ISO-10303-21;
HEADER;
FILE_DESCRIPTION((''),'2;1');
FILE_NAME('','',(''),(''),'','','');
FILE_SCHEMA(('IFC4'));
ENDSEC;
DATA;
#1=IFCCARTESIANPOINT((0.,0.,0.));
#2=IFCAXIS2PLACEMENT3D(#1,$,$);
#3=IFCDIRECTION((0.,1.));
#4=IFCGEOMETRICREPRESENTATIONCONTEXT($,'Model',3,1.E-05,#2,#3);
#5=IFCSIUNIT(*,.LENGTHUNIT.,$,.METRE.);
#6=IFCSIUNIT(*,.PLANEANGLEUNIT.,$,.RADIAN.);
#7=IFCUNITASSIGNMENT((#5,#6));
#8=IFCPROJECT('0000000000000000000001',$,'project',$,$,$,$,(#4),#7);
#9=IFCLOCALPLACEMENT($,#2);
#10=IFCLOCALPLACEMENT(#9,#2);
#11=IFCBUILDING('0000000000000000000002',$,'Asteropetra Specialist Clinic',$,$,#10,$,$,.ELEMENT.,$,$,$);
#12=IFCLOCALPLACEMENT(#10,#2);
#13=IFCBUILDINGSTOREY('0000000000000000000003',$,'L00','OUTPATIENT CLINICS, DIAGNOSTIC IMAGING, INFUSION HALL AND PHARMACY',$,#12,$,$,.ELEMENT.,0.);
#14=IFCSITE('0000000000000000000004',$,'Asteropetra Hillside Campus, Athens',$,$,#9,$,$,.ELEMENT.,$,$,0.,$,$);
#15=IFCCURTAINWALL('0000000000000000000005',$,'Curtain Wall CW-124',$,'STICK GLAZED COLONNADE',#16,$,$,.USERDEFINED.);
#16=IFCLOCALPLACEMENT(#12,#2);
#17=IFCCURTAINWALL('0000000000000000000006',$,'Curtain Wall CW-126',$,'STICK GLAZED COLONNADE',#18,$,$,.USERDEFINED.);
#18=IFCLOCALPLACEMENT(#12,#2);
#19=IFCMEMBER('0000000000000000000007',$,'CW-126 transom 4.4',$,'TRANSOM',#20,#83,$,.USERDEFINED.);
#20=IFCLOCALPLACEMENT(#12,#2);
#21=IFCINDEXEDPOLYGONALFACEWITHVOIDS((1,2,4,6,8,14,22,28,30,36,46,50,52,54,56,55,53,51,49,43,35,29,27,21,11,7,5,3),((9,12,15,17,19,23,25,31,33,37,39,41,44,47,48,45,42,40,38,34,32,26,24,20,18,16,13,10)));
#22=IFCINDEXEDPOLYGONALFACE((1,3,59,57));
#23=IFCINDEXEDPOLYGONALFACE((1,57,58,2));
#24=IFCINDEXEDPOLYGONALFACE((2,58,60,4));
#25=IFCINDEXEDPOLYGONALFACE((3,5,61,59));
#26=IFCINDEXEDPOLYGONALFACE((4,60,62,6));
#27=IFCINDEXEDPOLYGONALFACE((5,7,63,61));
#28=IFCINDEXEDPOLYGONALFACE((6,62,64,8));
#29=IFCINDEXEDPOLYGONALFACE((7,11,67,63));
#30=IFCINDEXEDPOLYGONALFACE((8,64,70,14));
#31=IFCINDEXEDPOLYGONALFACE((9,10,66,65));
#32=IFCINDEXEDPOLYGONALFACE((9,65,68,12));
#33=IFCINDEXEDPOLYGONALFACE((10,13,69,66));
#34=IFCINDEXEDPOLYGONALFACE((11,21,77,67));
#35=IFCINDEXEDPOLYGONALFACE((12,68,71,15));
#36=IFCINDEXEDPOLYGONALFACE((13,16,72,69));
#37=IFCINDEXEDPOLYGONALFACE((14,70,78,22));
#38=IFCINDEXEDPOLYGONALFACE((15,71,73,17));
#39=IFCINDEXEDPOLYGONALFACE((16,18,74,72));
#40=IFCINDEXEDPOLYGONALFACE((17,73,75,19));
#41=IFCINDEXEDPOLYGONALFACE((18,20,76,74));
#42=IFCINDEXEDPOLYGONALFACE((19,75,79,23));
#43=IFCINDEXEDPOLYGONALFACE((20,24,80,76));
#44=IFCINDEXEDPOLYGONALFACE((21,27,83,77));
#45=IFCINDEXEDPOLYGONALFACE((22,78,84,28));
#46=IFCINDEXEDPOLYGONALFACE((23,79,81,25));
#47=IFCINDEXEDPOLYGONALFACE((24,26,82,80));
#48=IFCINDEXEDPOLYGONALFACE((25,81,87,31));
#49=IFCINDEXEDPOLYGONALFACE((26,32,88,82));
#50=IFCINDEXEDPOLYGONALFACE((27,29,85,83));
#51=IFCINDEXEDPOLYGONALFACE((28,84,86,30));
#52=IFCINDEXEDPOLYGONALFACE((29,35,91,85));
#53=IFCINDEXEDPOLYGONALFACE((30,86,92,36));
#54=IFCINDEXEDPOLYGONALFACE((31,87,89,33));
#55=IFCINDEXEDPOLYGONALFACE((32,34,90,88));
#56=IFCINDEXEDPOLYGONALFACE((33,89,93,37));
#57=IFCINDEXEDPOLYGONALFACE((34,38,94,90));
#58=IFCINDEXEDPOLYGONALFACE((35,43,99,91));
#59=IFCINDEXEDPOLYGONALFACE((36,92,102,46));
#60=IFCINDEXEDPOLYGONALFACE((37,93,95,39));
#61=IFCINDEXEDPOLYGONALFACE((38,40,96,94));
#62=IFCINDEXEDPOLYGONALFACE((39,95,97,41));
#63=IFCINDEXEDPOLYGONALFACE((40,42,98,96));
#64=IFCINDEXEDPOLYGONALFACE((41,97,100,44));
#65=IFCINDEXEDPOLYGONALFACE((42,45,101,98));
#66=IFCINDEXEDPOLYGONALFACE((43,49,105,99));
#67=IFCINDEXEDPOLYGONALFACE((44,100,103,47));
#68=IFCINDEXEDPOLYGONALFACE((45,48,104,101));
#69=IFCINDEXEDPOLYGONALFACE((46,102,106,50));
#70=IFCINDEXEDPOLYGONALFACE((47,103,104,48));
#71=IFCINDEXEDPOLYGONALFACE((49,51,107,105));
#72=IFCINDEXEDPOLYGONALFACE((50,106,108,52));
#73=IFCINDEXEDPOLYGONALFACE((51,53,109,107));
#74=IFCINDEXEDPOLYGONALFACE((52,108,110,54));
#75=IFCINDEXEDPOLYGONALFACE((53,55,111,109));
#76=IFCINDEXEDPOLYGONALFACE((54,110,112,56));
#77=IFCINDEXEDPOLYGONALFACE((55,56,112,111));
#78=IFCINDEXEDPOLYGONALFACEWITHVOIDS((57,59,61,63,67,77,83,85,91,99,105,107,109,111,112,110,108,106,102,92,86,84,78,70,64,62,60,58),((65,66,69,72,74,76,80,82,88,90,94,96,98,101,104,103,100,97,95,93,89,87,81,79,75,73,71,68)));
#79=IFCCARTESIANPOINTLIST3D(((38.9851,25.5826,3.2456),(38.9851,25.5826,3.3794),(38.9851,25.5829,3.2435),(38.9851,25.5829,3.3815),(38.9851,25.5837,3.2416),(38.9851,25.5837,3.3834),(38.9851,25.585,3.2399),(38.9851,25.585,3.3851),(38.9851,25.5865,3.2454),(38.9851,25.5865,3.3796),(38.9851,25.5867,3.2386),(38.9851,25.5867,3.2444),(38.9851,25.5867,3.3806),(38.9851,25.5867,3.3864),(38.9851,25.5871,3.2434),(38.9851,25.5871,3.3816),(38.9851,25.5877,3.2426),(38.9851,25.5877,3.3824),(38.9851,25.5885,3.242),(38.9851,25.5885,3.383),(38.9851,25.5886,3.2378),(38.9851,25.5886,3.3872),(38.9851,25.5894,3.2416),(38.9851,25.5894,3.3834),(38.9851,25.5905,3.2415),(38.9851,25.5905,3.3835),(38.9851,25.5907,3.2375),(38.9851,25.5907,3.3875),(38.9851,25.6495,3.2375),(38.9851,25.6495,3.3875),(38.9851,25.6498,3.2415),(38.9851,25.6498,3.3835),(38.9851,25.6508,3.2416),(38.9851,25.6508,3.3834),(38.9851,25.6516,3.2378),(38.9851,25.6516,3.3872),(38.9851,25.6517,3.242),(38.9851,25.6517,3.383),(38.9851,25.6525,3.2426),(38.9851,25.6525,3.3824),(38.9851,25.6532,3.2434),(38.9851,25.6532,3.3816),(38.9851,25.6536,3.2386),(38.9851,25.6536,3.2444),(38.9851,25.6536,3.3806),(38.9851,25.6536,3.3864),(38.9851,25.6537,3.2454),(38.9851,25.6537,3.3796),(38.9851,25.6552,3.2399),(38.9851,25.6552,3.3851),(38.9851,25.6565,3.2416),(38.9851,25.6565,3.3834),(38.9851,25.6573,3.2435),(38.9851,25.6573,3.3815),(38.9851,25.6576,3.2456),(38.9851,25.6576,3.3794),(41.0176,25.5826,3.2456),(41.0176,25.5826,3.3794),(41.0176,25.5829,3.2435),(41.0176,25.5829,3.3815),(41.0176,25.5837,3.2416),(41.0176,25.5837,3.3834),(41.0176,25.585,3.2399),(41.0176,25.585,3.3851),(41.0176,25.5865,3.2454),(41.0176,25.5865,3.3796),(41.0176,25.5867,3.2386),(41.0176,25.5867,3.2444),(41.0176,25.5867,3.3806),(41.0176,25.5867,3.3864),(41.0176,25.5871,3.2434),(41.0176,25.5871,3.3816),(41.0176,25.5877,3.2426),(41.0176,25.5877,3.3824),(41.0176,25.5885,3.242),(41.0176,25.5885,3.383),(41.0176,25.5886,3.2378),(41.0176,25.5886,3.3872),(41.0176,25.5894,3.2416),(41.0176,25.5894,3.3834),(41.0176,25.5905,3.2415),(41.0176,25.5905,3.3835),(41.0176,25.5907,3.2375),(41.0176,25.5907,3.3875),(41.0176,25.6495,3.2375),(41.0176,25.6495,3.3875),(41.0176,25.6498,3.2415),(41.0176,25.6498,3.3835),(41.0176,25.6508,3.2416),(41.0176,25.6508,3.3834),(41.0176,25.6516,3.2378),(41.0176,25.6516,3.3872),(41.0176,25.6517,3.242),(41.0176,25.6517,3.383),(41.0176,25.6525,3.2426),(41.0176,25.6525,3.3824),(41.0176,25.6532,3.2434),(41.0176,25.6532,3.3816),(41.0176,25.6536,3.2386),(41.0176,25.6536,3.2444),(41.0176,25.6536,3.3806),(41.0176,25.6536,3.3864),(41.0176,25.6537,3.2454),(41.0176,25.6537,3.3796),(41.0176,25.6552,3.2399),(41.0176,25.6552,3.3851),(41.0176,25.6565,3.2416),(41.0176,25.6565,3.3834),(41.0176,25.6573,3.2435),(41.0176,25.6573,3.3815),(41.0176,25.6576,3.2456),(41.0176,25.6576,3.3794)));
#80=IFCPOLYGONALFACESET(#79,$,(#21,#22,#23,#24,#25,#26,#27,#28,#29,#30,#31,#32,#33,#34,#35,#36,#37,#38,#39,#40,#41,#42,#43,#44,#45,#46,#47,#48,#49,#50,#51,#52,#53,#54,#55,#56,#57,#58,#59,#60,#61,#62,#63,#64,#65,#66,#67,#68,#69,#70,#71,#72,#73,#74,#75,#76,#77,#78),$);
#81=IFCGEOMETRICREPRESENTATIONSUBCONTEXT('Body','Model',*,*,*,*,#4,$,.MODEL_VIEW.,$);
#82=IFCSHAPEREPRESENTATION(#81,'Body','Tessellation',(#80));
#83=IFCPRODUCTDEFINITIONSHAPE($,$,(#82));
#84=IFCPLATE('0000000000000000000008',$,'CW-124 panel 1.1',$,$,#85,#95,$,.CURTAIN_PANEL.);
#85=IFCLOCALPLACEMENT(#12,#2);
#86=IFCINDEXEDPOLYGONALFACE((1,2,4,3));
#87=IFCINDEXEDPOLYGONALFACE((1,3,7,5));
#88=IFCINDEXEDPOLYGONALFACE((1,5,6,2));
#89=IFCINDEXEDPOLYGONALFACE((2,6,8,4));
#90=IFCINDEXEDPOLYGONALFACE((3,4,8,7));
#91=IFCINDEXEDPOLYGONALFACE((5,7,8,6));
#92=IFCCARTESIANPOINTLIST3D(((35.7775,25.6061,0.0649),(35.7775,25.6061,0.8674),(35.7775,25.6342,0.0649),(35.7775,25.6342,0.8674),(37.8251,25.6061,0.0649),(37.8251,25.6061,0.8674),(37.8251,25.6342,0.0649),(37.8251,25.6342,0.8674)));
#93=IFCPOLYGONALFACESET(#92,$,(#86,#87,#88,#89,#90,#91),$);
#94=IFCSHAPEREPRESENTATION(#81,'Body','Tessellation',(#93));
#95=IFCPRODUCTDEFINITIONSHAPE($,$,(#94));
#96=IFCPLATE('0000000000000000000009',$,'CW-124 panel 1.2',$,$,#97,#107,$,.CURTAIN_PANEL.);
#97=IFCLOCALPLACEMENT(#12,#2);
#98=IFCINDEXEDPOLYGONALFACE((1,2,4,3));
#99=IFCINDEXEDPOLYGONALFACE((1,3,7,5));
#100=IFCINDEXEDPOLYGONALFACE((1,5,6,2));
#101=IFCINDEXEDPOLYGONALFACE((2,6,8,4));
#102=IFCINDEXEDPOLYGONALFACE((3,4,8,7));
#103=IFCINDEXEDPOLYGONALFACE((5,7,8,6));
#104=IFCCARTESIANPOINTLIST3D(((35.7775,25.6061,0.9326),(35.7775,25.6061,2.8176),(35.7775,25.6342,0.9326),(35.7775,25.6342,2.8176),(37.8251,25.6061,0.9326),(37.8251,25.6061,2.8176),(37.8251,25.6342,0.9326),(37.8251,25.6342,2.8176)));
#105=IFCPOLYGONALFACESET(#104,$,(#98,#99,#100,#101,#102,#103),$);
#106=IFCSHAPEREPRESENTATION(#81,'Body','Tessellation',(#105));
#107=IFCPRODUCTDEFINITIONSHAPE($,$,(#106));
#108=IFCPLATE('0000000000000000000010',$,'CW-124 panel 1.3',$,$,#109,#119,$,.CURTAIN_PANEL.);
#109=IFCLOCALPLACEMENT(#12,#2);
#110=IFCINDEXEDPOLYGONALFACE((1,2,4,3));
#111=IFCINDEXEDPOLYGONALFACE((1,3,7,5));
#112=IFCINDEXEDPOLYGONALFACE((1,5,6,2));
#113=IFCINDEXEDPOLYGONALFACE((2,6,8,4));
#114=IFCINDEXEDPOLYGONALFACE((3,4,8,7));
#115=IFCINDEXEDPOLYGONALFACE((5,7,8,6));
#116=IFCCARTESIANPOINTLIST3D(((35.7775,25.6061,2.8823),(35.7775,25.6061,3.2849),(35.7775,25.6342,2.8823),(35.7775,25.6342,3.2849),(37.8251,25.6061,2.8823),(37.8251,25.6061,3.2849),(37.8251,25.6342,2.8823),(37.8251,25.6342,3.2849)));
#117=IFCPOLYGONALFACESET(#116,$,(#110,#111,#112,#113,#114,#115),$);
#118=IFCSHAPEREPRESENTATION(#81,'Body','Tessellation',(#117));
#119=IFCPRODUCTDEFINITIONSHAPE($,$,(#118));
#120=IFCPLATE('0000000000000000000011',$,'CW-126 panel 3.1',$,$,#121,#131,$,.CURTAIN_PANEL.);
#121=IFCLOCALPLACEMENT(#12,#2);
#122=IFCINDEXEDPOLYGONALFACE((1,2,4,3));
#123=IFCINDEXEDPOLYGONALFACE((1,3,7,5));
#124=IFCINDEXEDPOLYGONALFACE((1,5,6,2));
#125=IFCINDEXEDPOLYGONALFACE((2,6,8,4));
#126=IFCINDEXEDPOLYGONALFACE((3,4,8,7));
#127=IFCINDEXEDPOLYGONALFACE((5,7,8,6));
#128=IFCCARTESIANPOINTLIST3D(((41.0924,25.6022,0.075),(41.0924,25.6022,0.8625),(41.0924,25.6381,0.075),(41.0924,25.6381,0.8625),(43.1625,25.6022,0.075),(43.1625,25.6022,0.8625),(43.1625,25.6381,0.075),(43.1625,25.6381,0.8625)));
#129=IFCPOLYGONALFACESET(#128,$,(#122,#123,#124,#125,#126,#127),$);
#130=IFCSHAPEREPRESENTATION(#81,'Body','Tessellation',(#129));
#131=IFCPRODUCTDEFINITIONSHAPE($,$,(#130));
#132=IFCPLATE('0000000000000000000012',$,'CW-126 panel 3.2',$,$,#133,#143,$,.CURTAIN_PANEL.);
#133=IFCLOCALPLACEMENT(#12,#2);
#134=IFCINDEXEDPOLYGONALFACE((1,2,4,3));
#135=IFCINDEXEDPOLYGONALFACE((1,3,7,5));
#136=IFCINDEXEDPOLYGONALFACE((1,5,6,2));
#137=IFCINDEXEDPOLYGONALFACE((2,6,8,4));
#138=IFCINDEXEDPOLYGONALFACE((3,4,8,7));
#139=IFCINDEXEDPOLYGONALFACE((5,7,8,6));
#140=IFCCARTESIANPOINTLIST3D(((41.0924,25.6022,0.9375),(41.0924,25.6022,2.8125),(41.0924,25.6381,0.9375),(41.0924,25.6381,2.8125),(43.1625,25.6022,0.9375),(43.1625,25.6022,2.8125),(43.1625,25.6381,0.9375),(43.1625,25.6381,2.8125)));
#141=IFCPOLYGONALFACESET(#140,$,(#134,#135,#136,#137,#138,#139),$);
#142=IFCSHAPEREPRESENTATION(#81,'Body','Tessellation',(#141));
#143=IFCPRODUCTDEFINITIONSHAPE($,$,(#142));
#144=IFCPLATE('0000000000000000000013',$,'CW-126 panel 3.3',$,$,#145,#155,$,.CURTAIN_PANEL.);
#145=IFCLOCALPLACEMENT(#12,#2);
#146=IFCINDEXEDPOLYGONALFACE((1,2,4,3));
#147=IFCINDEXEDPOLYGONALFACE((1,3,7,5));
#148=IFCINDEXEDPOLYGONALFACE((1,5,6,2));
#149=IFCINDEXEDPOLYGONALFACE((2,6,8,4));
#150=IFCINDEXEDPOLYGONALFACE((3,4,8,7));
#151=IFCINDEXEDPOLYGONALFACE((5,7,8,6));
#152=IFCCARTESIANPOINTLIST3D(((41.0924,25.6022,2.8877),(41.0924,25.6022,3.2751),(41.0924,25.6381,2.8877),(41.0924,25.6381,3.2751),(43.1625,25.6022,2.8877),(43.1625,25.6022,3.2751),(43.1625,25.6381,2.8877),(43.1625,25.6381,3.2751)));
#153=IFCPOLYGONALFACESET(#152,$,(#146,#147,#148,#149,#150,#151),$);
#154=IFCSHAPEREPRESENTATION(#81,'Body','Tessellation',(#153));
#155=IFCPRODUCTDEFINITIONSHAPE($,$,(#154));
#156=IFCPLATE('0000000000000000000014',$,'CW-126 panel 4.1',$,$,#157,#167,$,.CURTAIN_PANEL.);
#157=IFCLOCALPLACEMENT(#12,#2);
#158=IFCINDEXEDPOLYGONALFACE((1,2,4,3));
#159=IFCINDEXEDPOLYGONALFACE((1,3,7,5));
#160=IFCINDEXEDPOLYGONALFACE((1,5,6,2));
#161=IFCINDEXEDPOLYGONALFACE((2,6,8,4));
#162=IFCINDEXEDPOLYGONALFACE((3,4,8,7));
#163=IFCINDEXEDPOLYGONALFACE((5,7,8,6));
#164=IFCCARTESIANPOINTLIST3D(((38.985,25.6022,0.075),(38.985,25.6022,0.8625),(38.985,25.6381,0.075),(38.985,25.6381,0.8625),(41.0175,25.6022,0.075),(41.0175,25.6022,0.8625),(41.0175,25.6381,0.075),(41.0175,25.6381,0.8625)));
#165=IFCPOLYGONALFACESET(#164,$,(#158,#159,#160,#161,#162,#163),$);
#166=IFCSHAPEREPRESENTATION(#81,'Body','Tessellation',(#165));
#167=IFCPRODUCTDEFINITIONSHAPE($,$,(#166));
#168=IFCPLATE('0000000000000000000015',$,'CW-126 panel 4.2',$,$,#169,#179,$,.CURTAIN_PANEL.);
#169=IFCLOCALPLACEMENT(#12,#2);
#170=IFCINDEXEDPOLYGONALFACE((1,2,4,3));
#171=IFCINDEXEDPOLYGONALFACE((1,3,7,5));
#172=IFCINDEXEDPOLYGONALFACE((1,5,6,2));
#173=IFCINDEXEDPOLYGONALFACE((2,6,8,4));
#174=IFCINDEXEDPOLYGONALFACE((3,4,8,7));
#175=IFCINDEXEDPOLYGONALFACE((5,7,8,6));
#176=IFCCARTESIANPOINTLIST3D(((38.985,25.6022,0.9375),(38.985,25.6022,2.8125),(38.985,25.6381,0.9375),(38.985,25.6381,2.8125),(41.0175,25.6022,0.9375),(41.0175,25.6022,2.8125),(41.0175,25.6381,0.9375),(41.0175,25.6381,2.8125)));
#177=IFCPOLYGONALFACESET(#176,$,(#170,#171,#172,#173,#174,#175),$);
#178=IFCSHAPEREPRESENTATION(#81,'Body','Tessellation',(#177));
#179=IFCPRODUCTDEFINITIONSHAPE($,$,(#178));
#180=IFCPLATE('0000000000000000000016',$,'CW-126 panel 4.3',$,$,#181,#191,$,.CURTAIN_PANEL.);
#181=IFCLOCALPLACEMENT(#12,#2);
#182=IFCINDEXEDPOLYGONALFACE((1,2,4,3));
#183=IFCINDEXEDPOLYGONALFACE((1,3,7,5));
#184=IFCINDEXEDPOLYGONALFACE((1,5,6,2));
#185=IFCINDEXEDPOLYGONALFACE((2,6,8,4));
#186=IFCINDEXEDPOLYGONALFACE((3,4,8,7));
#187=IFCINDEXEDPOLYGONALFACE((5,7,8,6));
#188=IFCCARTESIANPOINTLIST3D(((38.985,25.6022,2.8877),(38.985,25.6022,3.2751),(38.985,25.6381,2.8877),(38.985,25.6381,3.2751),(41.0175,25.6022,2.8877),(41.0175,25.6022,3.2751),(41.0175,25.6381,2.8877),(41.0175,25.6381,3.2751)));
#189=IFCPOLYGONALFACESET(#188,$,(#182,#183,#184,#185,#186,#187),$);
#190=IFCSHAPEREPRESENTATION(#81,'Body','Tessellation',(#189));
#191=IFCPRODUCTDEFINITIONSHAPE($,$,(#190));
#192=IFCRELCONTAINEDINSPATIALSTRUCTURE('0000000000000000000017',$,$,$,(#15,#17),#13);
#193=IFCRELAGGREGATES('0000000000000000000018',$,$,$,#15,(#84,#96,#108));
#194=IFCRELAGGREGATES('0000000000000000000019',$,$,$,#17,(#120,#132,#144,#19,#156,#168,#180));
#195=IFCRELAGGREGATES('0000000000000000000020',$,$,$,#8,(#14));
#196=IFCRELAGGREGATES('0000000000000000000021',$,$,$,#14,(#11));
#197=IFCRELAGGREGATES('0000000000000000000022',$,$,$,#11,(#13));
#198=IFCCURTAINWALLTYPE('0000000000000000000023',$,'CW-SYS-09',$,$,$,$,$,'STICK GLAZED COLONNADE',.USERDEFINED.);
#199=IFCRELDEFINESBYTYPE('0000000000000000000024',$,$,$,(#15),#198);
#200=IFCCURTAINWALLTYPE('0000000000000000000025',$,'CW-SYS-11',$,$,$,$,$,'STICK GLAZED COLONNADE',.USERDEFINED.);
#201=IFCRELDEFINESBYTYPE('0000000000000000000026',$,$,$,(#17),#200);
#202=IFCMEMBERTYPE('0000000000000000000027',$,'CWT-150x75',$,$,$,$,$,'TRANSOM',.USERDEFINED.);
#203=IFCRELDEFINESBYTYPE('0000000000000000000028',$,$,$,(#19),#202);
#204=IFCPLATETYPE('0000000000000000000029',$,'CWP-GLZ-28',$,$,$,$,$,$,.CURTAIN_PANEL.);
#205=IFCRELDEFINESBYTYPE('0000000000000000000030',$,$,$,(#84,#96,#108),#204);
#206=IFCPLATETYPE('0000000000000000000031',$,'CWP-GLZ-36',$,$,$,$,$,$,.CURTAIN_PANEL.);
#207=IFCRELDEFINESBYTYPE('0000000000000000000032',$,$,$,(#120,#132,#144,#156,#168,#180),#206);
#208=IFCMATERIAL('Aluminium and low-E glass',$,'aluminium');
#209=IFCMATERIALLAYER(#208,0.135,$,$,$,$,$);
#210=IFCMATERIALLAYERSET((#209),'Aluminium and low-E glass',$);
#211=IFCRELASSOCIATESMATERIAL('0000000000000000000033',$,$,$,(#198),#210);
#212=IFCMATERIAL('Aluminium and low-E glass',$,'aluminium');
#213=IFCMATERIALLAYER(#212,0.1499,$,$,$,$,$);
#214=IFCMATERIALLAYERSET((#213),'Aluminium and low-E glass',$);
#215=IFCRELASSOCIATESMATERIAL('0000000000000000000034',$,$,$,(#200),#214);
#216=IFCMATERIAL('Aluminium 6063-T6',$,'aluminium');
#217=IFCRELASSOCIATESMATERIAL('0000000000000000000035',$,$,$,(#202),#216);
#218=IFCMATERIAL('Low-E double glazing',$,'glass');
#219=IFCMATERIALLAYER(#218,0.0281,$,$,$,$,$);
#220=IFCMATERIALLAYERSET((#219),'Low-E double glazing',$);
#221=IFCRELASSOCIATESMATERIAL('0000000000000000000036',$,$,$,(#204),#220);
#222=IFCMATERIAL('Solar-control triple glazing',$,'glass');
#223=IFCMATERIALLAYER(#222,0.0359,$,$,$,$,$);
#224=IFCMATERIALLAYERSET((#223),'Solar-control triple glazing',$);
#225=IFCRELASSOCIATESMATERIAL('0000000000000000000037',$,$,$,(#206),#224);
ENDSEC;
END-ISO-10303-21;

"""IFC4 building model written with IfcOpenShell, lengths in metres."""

from ifc_helpers import new_model, si_unit, direction, frame, origin, origin_2d, place, context, subcontext, project, spatial, rectangle, hollow_rectangle, extrude, material, layer, layer_set, material_profile, profile_set, type_object, element, aggregate, save


model = new_model("IFC4")

# Units and contexts
model_context = context("Model", 3, precision=1e-05, world=origin(), true_north=direction((0.0, 1.0)))
body_context = subcontext(model_context, "Body", "Model", "MODEL_VIEW")
ifc_project = project(units=[si_unit("LENGTHUNIT", "METRE"), si_unit("PLANEANGLEUNIT", "RADIAN")], contexts=[model_context])

# Site, building, storey
site_placement = place(None, origin())
site = spatial("IfcSite", under=ifc_project, at=site_placement, Name="Asteropetra Hillside Campus, Athens", CompositionType="ELEMENT", RefElevation=0.0)
building_placement = place(site_placement, origin())
building = spatial("IfcBuilding", under=site, at=building_placement, Name="Asteropetra Specialist Clinic", CompositionType="ELEMENT")
storey_placement = place(building_placement, origin())
storey = spatial("IfcBuildingStorey", under=building, at=storey_placement, Name="L00", Description="OUTPATIENT CLINICS, DIAGNOSTIC IMAGING, INFUSION HALL AND PHARMACY", CompositionType="ELEMENT", Elevation=0.0)

# Curtain wall
ifc_material_1 = material(Name="Aluminium and low-E glass", Category="aluminium")
ifc_layer_1 = layer(ifc_material_1, 0.135)
ifc_layer_set_1 = layer_set([ifc_layer_1], Name="Aluminium and low-E glass")
curtain_wall_type_1 = type_object("IfcCurtainWallType", Name="CW-SYS-09", ElementType="STICK GLAZED COLONNADE", PredefinedType="USERDEFINED", material=ifc_layer_set_1)
curtain_wall_1_placement = place(storey_placement, origin())
curtain_wall_1 = element("IfcCurtainWall", 1, at=curtain_wall_1_placement, inside=storey, type_object=curtain_wall_type_1, Name="Curtain Wall CW-124", ObjectType="STICK GLAZED COLONNADE", PredefinedType="USERDEFINED")

# Curtain wall
ifc_material_2 = material(Name="Aluminium and low-E glass", Category="aluminium")
ifc_layer_2 = layer(ifc_material_2, 0.1499)
ifc_layer_set_2 = layer_set([ifc_layer_2], Name="Aluminium and low-E glass")
curtain_wall_type_2 = type_object("IfcCurtainWallType", Name="CW-SYS-11", ElementType="STICK GLAZED COLONNADE", PredefinedType="USERDEFINED", material=ifc_layer_set_2)
curtain_wall_2_placement = place(storey_placement, origin())
curtain_wall_2 = element("IfcCurtainWall", 2, at=curtain_wall_2_placement, inside=storey, type_object=curtain_wall_type_2, Name="Curtain Wall CW-126", ObjectType="STICK GLAZED COLONNADE", PredefinedType="USERDEFINED")

# Member
ifc_material_3 = material(Name="Aluminium 6063-T6", Category="aluminium")
ifc_material_profile_1 = material_profile(ifc_material_3, hollow_rectangle(XDim=0.075, YDim=0.1499, WallThickness=0.0039, InnerFilletRadius=0.0039, OuterFilletRadius=0.0081, at=origin_2d()), Name="TRN 150x75x4.0")
ifc_profile_set_1 = profile_set([ifc_material_profile_1], Name="Aluminium 6063-T6")
member_type_1 = type_object("IfcMemberType", Name="CWT-150x75", ElementType="TRANSOM", PredefinedType="USERDEFINED", material=ifc_profile_set_1)
member_1_placement = place(storey_placement, frame((41.0176, 25.6201, 3.3125), z_axis=(-1.0, 0.0, 0.0), x_axis=(0.0, -1.0, 0.0)))
member_1 = element("IfcMember", 3, at=member_1_placement, type_object=member_type_1, Name="CW-126 transom 4.4", ObjectType="TRANSOM", PredefinedType="USERDEFINED", context=body_context, shape_type="SweptSolid", body=[
    extrude(hollow_rectangle(XDim=0.075, YDim=0.1499, WallThickness=0.0039, InnerFilletRadius=0.0039, OuterFilletRadius=0.0081, at=origin_2d()), origin(), (0.0, 0.0, 1.0), 2.0325),
])

# Plates
ifc_material_4 = material(Name="Low-E double glazing", Category="glass")
ifc_layer_3 = layer(ifc_material_4, 0.0281)
ifc_layer_set_3 = layer_set([ifc_layer_3], Name="Low-E double glazing")
plate_type_1 = type_object("IfcPlateType", Name="CWP-GLZ-28", PredefinedType="CURTAIN_PANEL", material=ifc_layer_set_3)
plate_1_placement = place(storey_placement, frame((36.8013, 25.6201, 0.0649), z_axis=(0.0, 0.0, 1.0), x_axis=(-1.0, 0.0, 0.0)))
plate_1 = element("IfcPlate", 4, at=plate_1_placement, type_object=plate_type_1, Name="CW-124 panel 1.1", PredefinedType="CURTAIN_PANEL", context=body_context, shape_type="SweptSolid", body=[
    extrude(rectangle(XDim=2.0476, YDim=0.0281, at=origin_2d()), origin(), (0.0, 0.0, 1.0), 0.8025),
])
plate_2_placement = place(storey_placement, frame((36.8013, 25.6201, 0.9326), z_axis=(0.0, 0.0, 1.0), x_axis=(-1.0, 0.0, 0.0)))
plate_2 = element("IfcPlate", 5, at=plate_2_placement, type_object=plate_type_1, Name="CW-124 panel 1.2", PredefinedType="CURTAIN_PANEL", context=body_context, shape_type="SweptSolid", body=[
    extrude(rectangle(XDim=2.0476, YDim=0.0281, at=origin_2d()), origin(), (0.0, 0.0, 1.0), 1.885),
])
plate_3_placement = place(storey_placement, frame((36.8013, 25.6201, 2.8823), z_axis=(0.0, 0.0, 1.0), x_axis=(-1.0, 0.0, 0.0)))
plate_3 = element("IfcPlate", 6, at=plate_3_placement, type_object=plate_type_1, Name="CW-124 panel 1.3", PredefinedType="CURTAIN_PANEL", context=body_context, shape_type="SweptSolid", body=[
    extrude(rectangle(XDim=2.0476, YDim=0.0281, at=origin_2d()), origin(), (0.0, 0.0, 1.0), 0.4026),
])
aggregate(curtain_wall_1, [plate_1, plate_2, plate_3])
ifc_material_5 = material(Name="Solar-control triple glazing", Category="glass")
ifc_layer_4 = layer(ifc_material_5, 0.0359)
ifc_layer_set_4 = layer_set([ifc_layer_4], Name="Solar-control triple glazing")
plate_type_2 = type_object("IfcPlateType", Name="CWP-GLZ-36", PredefinedType="CURTAIN_PANEL", material=ifc_layer_set_4)
plate_4_placement = place(storey_placement, frame((42.1274, 25.6201, 0.075), z_axis=(0.0, 0.0, 1.0), x_axis=(-1.0, 0.0, 0.0)))
plate_4 = element("IfcPlate", 7, at=plate_4_placement, type_object=plate_type_2, Name="CW-126 panel 3.1", PredefinedType="CURTAIN_PANEL", context=body_context, shape_type="SweptSolid", body=[
    extrude(rectangle(XDim=2.0701, YDim=0.0359, at=origin_2d()), origin(), (0.0, 0.0, 1.0), 0.7876),
])
plate_5_placement = place(storey_placement, frame((42.1274, 25.6201, 0.9375), z_axis=(0.0, 0.0, 1.0), x_axis=(-1.0, 0.0, 0.0)))
plate_5 = element("IfcPlate", 8, at=plate_5_placement, type_object=plate_type_2, Name="CW-126 panel 3.2", PredefinedType="CURTAIN_PANEL", context=body_context, shape_type="SweptSolid", body=[
    extrude(rectangle(XDim=2.0701, YDim=0.0359, at=origin_2d()), origin(), (0.0, 0.0, 1.0), 1.875),
])
plate_6_placement = place(storey_placement, frame((42.1274, 25.6201, 2.8877), z_axis=(0.0, 0.0, 1.0), x_axis=(-1.0, 0.0, 0.0)))
plate_6 = element("IfcPlate", 9, at=plate_6_placement, type_object=plate_type_2, Name="CW-126 panel 3.3", PredefinedType="CURTAIN_PANEL", context=body_context, shape_type="SweptSolid", body=[
    extrude(rectangle(XDim=2.0701, YDim=0.0359, at=origin_2d()), origin(), (0.0, 0.0, 1.0), 0.3875),
])
plate_7_placement = place(storey_placement, frame((40.0012, 25.6201, 0.075), z_axis=(0.0, 0.0, 1.0), x_axis=(-1.0, 0.0, 0.0)))
plate_7 = element("IfcPlate", 10, at=plate_7_placement, type_object=plate_type_2, Name="CW-126 panel 4.1", PredefinedType="CURTAIN_PANEL", context=body_context, shape_type="SweptSolid", body=[
    extrude(rectangle(XDim=2.0325, YDim=0.0359, at=origin_2d()), origin(), (0.0, 0.0, 1.0), 0.7876),
])
plate_8_placement = place(storey_placement, frame((40.0012, 25.6201, 0.9375), z_axis=(0.0, 0.0, 1.0), x_axis=(-1.0, 0.0, 0.0)))
plate_8 = element("IfcPlate", 11, at=plate_8_placement, type_object=plate_type_2, Name="CW-126 panel 4.2", PredefinedType="CURTAIN_PANEL", context=body_context, shape_type="SweptSolid", body=[
    extrude(rectangle(XDim=2.0325, YDim=0.0359, at=origin_2d()), origin(), (0.0, 0.0, 1.0), 1.875),
])
plate_9_placement = place(storey_placement, frame((40.0012, 25.6201, 2.8877), z_axis=(0.0, 0.0, 1.0), x_axis=(-1.0, 0.0, 0.0)))
plate_9 = element("IfcPlate", 12, at=plate_9_placement, type_object=plate_type_2, Name="CW-126 panel 4.3", PredefinedType="CURTAIN_PANEL", context=body_context, shape_type="SweptSolid", body=[
    extrude(rectangle(XDim=2.0325, YDim=0.0359, at=origin_2d()), origin(), (0.0, 0.0, 1.0), 0.3875),
])
aggregate(curtain_wall_2, [plate_4, plate_5, plate_6, member_1, plate_7, plate_8, plate_9])

save(model, "model.ifc")
